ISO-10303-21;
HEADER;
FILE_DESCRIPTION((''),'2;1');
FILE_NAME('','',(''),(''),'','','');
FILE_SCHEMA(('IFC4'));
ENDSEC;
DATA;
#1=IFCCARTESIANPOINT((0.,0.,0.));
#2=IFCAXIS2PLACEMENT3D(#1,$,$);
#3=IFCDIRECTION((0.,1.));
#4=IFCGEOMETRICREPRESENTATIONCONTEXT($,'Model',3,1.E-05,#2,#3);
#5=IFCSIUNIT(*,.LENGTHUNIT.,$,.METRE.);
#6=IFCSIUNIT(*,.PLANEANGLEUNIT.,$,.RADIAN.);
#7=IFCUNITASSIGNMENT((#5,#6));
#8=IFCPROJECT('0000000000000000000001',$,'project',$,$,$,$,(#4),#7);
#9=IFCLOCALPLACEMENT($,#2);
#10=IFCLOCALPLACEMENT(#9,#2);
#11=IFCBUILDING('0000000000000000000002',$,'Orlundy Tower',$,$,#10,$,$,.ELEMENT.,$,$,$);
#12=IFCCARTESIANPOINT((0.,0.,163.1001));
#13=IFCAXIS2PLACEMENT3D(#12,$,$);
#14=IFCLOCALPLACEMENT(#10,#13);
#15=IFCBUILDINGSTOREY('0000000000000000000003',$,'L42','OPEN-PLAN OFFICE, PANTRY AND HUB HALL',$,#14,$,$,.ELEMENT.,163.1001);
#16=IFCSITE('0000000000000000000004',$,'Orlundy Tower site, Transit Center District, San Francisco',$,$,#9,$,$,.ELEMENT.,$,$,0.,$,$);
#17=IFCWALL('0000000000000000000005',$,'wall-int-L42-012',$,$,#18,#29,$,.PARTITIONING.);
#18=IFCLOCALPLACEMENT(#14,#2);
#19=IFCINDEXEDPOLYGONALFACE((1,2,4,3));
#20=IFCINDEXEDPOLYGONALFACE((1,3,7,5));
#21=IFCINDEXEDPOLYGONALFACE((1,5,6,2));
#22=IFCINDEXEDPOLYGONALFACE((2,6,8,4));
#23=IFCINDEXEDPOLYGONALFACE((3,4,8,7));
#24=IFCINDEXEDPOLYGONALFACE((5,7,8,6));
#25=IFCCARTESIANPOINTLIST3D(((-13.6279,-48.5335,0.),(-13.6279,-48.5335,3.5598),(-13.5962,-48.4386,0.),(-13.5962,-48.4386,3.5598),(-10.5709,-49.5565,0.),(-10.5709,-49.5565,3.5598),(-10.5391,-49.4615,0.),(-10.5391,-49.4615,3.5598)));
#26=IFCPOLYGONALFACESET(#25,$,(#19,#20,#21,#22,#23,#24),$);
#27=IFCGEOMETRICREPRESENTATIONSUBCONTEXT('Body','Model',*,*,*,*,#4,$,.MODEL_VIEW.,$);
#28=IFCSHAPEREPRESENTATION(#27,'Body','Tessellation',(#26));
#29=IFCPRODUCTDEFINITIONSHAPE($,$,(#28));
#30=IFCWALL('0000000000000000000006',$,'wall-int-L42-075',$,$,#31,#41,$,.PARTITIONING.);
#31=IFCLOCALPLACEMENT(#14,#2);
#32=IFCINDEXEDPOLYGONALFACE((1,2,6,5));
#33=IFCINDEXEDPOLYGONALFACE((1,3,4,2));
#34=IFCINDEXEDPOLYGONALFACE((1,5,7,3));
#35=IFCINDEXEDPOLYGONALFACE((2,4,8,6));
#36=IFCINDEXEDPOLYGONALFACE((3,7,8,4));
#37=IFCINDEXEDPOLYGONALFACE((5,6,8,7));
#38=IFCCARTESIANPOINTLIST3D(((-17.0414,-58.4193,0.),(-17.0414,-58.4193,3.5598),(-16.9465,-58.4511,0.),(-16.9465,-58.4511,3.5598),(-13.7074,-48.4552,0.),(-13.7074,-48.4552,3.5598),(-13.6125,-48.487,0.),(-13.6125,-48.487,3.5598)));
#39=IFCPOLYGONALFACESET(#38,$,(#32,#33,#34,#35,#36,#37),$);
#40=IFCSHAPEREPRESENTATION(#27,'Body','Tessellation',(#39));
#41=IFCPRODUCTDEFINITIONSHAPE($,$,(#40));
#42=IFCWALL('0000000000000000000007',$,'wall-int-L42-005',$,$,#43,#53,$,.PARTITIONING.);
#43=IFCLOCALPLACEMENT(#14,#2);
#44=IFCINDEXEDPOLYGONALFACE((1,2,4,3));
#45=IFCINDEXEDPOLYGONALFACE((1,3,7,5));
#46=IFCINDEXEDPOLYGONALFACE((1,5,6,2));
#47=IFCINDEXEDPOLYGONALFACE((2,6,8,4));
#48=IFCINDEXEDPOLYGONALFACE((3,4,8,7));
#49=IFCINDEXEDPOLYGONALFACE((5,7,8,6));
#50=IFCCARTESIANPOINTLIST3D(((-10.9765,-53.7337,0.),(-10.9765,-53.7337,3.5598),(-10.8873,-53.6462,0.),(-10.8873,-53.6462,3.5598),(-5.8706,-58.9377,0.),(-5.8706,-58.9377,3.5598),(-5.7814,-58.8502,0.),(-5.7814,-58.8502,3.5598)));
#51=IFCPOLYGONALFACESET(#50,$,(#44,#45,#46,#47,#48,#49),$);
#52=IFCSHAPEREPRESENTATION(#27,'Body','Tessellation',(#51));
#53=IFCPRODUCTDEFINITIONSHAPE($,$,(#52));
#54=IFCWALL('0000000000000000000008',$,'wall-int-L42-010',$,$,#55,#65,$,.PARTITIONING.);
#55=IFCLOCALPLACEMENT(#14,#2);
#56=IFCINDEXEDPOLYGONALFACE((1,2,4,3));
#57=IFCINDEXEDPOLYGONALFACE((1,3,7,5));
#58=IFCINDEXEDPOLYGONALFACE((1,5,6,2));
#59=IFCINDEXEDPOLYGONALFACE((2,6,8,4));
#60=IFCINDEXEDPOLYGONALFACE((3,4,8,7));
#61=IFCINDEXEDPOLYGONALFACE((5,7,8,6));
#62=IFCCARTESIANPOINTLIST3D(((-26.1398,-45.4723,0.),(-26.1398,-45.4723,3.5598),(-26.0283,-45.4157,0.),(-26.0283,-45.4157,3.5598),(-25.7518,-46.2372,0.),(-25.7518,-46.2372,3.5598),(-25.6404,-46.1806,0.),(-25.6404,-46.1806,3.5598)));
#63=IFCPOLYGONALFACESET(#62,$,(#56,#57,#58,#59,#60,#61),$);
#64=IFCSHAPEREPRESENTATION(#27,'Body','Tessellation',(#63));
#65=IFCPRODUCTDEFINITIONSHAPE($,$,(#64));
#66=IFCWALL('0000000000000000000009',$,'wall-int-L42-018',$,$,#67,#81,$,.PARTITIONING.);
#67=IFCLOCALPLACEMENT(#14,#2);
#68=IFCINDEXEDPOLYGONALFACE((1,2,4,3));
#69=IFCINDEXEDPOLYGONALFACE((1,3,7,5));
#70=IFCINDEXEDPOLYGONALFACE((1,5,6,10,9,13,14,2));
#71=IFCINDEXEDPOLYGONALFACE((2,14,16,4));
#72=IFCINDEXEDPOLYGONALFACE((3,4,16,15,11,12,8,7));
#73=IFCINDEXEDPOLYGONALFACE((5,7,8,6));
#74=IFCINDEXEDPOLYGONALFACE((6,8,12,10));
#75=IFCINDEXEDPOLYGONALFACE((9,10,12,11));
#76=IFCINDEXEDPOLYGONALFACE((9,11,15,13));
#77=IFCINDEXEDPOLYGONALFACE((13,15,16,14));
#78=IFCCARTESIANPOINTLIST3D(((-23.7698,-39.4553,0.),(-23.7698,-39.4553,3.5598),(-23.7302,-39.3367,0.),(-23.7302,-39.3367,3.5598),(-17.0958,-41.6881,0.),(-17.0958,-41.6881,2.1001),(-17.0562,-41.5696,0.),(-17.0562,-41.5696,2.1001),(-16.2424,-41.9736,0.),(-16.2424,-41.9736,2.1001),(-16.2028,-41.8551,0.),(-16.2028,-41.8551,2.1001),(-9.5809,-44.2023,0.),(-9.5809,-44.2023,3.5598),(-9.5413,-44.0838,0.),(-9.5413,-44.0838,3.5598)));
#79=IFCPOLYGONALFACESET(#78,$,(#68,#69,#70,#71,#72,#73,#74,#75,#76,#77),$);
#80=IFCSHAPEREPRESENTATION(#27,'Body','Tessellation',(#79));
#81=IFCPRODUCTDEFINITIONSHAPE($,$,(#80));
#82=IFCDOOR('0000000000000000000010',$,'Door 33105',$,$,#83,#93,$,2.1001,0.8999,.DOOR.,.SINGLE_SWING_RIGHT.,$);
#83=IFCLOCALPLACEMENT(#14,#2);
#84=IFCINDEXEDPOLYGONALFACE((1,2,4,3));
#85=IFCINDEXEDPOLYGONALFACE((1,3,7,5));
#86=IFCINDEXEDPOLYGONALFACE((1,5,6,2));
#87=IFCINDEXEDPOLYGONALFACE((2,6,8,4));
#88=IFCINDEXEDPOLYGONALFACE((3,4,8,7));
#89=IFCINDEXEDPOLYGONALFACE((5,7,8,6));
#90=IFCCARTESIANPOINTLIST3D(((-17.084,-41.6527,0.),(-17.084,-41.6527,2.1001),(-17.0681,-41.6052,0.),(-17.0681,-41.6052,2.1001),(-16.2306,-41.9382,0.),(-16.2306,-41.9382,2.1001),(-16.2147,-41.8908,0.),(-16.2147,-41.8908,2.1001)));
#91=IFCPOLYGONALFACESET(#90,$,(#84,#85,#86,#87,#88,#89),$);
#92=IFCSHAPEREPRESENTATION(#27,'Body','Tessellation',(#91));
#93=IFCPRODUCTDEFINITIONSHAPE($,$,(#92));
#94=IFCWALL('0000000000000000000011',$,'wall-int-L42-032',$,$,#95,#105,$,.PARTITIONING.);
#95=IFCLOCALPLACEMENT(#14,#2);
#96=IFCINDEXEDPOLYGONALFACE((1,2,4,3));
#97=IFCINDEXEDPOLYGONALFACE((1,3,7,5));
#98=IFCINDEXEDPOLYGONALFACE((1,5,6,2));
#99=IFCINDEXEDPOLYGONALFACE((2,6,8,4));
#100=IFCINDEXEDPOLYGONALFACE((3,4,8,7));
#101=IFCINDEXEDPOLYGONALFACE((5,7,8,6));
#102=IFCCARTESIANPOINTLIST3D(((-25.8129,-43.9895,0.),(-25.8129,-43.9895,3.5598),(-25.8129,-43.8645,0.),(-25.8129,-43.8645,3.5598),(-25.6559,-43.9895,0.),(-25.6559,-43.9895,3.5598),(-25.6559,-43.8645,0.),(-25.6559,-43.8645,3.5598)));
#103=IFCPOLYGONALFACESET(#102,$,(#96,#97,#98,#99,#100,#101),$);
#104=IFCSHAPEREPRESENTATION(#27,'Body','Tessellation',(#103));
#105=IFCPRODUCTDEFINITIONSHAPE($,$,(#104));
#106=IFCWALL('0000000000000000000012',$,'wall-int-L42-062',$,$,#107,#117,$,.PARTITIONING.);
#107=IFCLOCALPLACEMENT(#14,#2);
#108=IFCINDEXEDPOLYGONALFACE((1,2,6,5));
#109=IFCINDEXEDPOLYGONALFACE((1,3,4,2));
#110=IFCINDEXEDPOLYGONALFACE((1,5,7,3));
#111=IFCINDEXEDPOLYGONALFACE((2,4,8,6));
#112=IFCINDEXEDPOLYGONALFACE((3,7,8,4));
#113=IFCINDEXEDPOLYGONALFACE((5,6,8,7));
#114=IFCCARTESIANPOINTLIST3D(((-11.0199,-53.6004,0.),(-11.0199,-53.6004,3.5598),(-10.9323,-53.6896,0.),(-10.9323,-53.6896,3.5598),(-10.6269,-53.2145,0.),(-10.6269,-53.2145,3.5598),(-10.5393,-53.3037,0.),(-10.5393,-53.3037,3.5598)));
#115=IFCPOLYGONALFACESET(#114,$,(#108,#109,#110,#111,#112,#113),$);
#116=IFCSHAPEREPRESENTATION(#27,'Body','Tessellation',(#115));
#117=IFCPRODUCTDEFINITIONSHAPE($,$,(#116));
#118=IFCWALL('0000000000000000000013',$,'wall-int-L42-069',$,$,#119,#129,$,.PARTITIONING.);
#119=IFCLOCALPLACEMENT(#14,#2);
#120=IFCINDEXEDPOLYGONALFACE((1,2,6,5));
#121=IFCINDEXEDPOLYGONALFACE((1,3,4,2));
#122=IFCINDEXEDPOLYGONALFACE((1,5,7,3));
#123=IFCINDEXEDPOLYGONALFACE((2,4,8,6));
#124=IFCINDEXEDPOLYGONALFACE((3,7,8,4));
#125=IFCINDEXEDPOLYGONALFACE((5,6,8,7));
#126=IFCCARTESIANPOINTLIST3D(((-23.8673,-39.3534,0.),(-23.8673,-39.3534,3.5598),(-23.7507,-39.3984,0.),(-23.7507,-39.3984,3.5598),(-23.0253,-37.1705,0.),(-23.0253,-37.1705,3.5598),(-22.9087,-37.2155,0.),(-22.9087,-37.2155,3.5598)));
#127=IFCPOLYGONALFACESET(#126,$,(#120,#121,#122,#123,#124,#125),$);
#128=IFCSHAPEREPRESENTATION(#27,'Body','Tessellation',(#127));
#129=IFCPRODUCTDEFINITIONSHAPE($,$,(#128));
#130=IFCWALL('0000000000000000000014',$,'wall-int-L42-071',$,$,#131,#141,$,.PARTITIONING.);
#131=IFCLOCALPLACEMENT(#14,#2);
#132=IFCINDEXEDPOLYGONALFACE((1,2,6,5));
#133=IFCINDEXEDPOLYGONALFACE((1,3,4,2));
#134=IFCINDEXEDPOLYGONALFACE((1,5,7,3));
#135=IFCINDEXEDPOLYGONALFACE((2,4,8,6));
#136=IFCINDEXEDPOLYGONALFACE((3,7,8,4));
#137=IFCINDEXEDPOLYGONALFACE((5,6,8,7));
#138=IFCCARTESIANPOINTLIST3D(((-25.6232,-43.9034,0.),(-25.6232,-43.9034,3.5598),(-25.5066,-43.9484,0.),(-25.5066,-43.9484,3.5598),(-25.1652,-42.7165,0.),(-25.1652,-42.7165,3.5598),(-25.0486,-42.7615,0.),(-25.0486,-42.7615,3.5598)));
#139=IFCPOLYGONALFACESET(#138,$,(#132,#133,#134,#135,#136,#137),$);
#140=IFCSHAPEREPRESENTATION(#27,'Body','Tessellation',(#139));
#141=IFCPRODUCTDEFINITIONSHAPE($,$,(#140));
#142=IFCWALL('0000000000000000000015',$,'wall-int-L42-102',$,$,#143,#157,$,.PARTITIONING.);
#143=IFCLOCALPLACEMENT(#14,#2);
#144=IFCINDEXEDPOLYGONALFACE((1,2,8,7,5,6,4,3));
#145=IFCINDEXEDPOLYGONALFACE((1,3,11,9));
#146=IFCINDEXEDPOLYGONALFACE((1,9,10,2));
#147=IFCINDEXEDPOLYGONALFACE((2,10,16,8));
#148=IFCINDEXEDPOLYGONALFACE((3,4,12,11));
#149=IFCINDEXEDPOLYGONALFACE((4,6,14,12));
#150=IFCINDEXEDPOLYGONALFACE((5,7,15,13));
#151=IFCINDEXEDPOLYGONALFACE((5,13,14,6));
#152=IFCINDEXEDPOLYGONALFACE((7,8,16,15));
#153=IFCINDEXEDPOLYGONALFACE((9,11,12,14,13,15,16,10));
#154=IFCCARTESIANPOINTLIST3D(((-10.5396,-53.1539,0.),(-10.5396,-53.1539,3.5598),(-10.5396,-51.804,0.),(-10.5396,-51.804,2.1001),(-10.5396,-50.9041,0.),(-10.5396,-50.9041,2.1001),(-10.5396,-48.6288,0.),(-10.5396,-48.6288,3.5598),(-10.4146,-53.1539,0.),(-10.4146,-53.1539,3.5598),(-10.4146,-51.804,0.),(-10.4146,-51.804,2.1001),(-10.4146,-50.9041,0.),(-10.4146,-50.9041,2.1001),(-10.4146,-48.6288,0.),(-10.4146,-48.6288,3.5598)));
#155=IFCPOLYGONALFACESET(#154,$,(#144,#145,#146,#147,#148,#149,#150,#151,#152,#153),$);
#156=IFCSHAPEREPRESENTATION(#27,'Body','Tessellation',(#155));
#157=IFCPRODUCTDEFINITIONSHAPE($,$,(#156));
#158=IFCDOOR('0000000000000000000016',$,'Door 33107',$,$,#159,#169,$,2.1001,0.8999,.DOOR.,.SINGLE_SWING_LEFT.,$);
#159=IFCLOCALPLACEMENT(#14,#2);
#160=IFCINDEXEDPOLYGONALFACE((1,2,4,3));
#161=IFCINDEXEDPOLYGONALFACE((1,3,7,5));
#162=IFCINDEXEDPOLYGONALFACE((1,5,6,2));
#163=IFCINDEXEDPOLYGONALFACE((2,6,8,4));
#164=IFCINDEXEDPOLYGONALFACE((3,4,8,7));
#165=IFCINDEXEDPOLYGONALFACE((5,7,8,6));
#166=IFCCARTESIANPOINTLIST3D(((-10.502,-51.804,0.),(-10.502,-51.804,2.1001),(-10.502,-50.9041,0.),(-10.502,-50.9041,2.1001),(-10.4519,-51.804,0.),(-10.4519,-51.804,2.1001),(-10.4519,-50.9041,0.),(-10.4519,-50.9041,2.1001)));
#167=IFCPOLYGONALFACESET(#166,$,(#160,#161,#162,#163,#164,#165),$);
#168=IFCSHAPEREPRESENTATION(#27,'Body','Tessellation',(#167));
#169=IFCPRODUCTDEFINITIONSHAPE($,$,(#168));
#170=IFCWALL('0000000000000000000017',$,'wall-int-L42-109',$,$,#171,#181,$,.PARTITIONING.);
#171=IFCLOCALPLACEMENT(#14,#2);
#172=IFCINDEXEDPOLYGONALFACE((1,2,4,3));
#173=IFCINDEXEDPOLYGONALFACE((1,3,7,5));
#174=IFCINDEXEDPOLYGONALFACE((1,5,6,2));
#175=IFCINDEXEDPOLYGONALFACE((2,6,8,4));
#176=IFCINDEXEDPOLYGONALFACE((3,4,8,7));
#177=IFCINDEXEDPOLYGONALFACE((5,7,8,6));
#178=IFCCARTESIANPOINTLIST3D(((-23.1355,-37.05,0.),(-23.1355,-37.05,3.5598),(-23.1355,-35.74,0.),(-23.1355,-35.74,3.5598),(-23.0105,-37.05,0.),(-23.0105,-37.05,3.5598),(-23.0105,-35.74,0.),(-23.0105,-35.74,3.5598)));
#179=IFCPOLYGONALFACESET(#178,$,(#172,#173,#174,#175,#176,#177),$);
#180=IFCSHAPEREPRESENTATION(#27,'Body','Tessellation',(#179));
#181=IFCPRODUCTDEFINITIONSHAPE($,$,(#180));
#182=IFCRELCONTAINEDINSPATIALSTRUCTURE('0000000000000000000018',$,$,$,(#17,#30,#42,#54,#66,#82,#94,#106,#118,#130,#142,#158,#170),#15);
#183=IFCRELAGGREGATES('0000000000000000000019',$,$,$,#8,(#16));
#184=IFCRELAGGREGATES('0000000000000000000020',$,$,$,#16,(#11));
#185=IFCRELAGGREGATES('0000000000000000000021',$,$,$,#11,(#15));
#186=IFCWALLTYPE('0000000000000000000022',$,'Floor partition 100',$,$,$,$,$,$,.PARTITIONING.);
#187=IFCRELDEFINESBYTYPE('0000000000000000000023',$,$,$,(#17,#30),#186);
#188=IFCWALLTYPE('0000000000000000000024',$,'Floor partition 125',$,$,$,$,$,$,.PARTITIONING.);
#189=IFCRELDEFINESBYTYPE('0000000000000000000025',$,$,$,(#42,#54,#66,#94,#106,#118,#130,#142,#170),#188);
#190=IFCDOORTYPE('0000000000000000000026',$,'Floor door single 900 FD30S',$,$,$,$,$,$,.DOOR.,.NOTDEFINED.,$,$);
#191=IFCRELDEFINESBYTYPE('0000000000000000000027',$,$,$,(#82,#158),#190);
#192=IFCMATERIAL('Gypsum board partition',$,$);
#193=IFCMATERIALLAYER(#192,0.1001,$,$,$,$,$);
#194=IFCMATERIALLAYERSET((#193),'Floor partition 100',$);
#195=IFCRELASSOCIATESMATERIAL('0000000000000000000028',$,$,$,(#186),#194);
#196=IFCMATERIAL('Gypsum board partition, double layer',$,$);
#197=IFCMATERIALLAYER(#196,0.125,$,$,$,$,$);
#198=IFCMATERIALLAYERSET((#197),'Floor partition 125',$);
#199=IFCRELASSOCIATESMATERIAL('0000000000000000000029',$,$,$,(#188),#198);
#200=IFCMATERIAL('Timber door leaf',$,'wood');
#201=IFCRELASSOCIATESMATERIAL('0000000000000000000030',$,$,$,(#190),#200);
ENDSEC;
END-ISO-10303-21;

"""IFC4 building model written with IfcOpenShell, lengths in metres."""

from ifc_helpers import new_model, si_unit, direction, frame, frame_2d, origin, place, context, subcontext, project, spatial, rectangle, extrude, material, layer, layer_set, type_object, element, fill, save


model = new_model("IFC4")

# Units and contexts
model_context = context("Model", 3, precision=1e-05, world=origin(), true_north=direction((0.0, 1.0)))
body_context = subcontext(model_context, "Body", "Model", "MODEL_VIEW")
ifc_project = project(units=[si_unit("LENGTHUNIT", "METRE"), si_unit("PLANEANGLEUNIT", "RADIAN")], contexts=[model_context])

# Site, building, storey
site_placement = place(None, origin())
site = spatial("IfcSite", under=ifc_project, at=site_placement, Name="Orlundy Tower site, Transit Center District, San Francisco", CompositionType="ELEMENT", RefElevation=0.0)
building_placement = place(site_placement, origin())
building = spatial("IfcBuilding", under=site, at=building_placement, Name="Orlundy Tower", CompositionType="ELEMENT")
storey_placement = place(building_placement, frame((0.0, 0.0, 163.1001)))
storey = spatial("IfcBuildingStorey", under=building, at=storey_placement, Name="L42", Description="OPEN-PLAN OFFICE, PANTRY AND HUB HALL", CompositionType="ELEMENT", Elevation=163.1001)

# Walls
ifc_material_1 = material(Name="Gypsum board partition")
ifc_layer_1 = layer(ifc_material_1, 0.1001)
ifc_layer_set_1 = layer_set([ifc_layer_1], Name="Floor partition 100")
wall_type_1 = type_object("IfcWallType", Name="Floor partition 100", PredefinedType="PARTITIONING", material=ifc_layer_set_1)
wall_1_placement = place(storey_placement, frame((-13.6121, -48.4861, 0.0), z_axis=(0.0, 0.0, 1.0), x_axis=(0.948319, -0.317318, 0.0)))
element("IfcWall", 1, at=wall_1_placement, inside=storey, type_object=wall_type_1, Name="wall-int-L42-012", PredefinedType="PARTITIONING", context=body_context, shape_type="SweptSolid", body=[
    extrude(rectangle(XDim=3.2236, YDim=0.1001, at=frame_2d((1.6118, 0.0))), origin(), (0.0, 0.0, 1.0), 3.5598),
])
wall_2_placement = place(storey_placement, frame((-16.9939, -58.4351, 0.0), z_axis=(0.0, 0.0, 1.0), x_axis=(0.317308, 0.948323, 0.0)))
element("IfcWall", 2, at=wall_2_placement, inside=storey, type_object=wall_type_1, Name="wall-int-L42-075", PredefinedType="PARTITIONING", context=body_context, shape_type="SweptSolid", body=[
    extrude(rectangle(XDim=10.5071, YDim=0.1001, at=frame_2d((5.2534, 0.0))), origin(), (0.0, 0.0, 1.0), 3.5598),
])
ifc_material_2 = material(Name="Gypsum board partition, double layer")
ifc_layer_2 = layer(ifc_material_2, 0.125)
ifc_layer_set_2 = layer_set([ifc_layer_2], Name="Floor partition 125")
wall_type_2 = type_object("IfcWallType", Name="Floor partition 125", PredefinedType="PARTITIONING", material=ifc_layer_set_2)
wall_3_placement = place(storey_placement, frame((-10.9319, -53.6899, 0.0), z_axis=(0.0, 0.0, 1.0), x_axis=(0.700344, -0.713806, 0.0)))
element("IfcWall", 3, at=wall_3_placement, inside=storey, type_object=wall_type_2, Name="wall-int-L42-005", PredefinedType="PARTITIONING", context=body_context, shape_type="SweptSolid", body=[
    extrude(rectangle(XDim=7.2905, YDim=0.125, at=frame_2d((3.6453, 0.0))), origin(), (0.0, 0.0, 1.0), 3.5598),
])
wall_4_placement = place(storey_placement, frame((-26.084, -45.4441, 0.0), z_axis=(0.0, 0.0, 1.0), x_axis=(0.45233, -0.891851, 0.0)))
element("IfcWall", 4, at=wall_4_placement, inside=storey, type_object=wall_type_2, Name="wall-int-L42-010", PredefinedType="PARTITIONING", context=body_context, shape_type="SweptSolid", body=[
    extrude(rectangle(XDim=0.8577, YDim=0.125, at=frame_2d((0.4287, 0.0))), origin(), (0.0, 0.0, 1.0), 3.5598),
])

# Wall, opening, door
wall_5_placement = place(storey_placement, frame((-23.75, -39.396, 0.0), z_axis=(0.0, 0.0, 1.0), x_axis=(0.948334, -0.317275, 0.0)))
wall_5 = element("IfcWall", 5, at=wall_5_placement, inside=storey, type_object=wall_type_2, Name="wall-int-L42-018", PredefinedType="PARTITIONING", context=body_context, shape_type="SweptSolid", body=[
    extrude(rectangle(XDim=14.9619, YDim=0.125, at=frame_2d((7.481, 0.0))), origin(), (0.0, 0.0, 1.0), 3.5598),
])
opening_1_placement = place(wall_5_placement, frame((7.0376, 0.0, 0.0)))
opening_1 = element("IfcOpeningElement", 6, at=opening_1_placement, cuts=wall_5, PredefinedType="OPENING", context=body_context, shape_type="SweptSolid", body=[
    extrude(rectangle(XDim=0.8999, YDim=2.1001, at=frame_2d((0.45, 1.05))), frame((0.0, 0.0725, 0.0), z_axis=(0.0, -1.0, 0.0), x_axis=(1.0, 0.0, 0.0)), (0.0, 0.0, 1.0), 0.145),
])
ifc_material_3 = material(Name="Timber door leaf", Category="wood")
door_type = type_object("IfcDoorType", Name="Floor door single 900 FD30S", OperationType="NOTDEFINED", PredefinedType="DOOR", material=ifc_material_3)
door_1_placement = place(opening_1_placement, origin())
door_1 = element("IfcDoor", 7, at=door_1_placement, inside=storey, type_object=door_type, Name="Door 33105", OperationType="SINGLE_SWING_RIGHT", OverallHeight=2.1001, OverallWidth=0.8999, PredefinedType="DOOR", context=body_context, shape_type="SweptSolid", body=[
    extrude(rectangle(XDim=0.8999, YDim=2.1001, at=frame_2d((0.45, 1.05))), frame((0.0, 0.0249, 0.0), z_axis=(0.0, -1.0, 0.0), x_axis=(1.0, 0.0, 0.0)), (0.0, 0.0, 1.0), 0.05),
])
fill(opening_1, door_1)

# Walls
wall_6_placement = place(storey_placement, frame((-25.813, -43.927, 0.0), z_axis=(0.0, 0.0, 1.0), x_axis=(1.0, 0.0, 0.0)))
element("IfcWall", 8, at=wall_6_placement, inside=storey, type_object=wall_type_2, Name="wall-int-L42-032", PredefinedType="PARTITIONING", context=body_context, shape_type="SweptSolid", body=[
    extrude(rectangle(XDim=0.157, YDim=0.125, at=frame_2d((0.0786, 0.0))), origin(), (0.0, 0.0, 1.0), 3.5598),
])
wall_7_placement = place(storey_placement, frame((-10.9761, -53.645, 0.0), z_axis=(0.0, 0.0, 1.0), x_axis=(0.713504, 0.700652, 0.0)))
element("IfcWall", 9, at=wall_7_placement, inside=storey, type_object=wall_type_2, Name="wall-int-L42-062", PredefinedType="PARTITIONING", context=body_context, shape_type="SweptSolid", body=[
    extrude(rectangle(XDim=0.5508, YDim=0.125, at=frame_2d((0.2754, 0.0))), origin(), (0.0, 0.0, 1.0), 3.5598),
])
wall_8_placement = place(storey_placement, frame((-23.8091, -39.376, 0.0), z_axis=(0.0, 0.0, 1.0), x_axis=(0.359902, 0.93299, 0.0)))
element("IfcWall", 10, at=wall_8_placement, inside=storey, type_object=wall_type_2, Name="wall-int-L42-069", PredefinedType="PARTITIONING", context=body_context, shape_type="SweptSolid", body=[
    extrude(rectangle(XDim=2.3396, YDim=0.125, at=frame_2d((1.1699, 0.0))), origin(), (0.0, 0.0, 1.0), 3.5598),
])
wall_9_placement = place(storey_placement, frame((-25.5649, -43.926, 0.0), z_axis=(0.0, 0.0, 1.0), x_axis=(0.359982, 0.932959, 0.0)))
element("IfcWall", 11, at=wall_9_placement, inside=storey, type_object=wall_type_2, Name="wall-int-L42-071", PredefinedType="PARTITIONING", context=body_context, shape_type="SweptSolid", body=[
    extrude(rectangle(XDim=1.2722, YDim=0.125, at=frame_2d((0.6362, 0.0))), origin(), (0.0, 0.0, 1.0), 3.5598),
])

# Wall, opening, door
wall_10_placement = place(storey_placement, frame((-10.4771, -53.1541, 0.0), z_axis=(0.0, 0.0, 1.0), x_axis=(0.0, 1.0, 0.0)))
wall_10 = element("IfcWall", 12, at=wall_10_placement, inside=storey, type_object=wall_type_2, Name="wall-int-L42-102", PredefinedType="PARTITIONING", context=body_context, shape_type="SweptSolid", body=[
    extrude(rectangle(XDim=4.5251, YDim=0.125, at=frame_2d((2.2627, 0.0))), origin(), (0.0, 0.0, 1.0), 3.5598),
])
opening_2_placement = place(wall_10_placement, frame((1.3501, 0.0, 0.0)))
opening_2 = element("IfcOpeningElement", 13, at=opening_2_placement, cuts=wall_10, PredefinedType="OPENING", context=body_context, shape_type="SweptSolid", body=[
    extrude(rectangle(XDim=0.8999, YDim=2.1001, at=frame_2d((0.45, 1.05))), frame((0.0, 0.0725, 0.0), z_axis=(0.0, -1.0, 0.0), x_axis=(1.0, 0.0, 0.0)), (0.0, 0.0, 1.0), 0.145),
])
door_2_placement = place(opening_2_placement, origin())
door_2 = element("IfcDoor", 14, at=door_2_placement, inside=storey, type_object=door_type, Name="Door 33107", OperationType="SINGLE_SWING_LEFT", OverallHeight=2.1001, OverallWidth=0.8999, PredefinedType="DOOR", context=body_context, shape_type="SweptSolid", body=[
    extrude(rectangle(XDim=0.8999, YDim=2.1001, at=frame_2d((0.45, 1.05))), frame((0.0, 0.0249, 0.0), z_axis=(0.0, -1.0, 0.0), x_axis=(1.0, 0.0, 0.0)), (0.0, 0.0, 1.0), 0.05),
])
fill(opening_2, door_2)

# Wall
wall_11_placement = place(storey_placement, frame((-23.073, -37.05, 0.0), z_axis=(0.0, 0.0, 1.0), x_axis=(0.0, 1.0, 0.0)))
element("IfcWall", 15, at=wall_11_placement, inside=storey, type_object=wall_type_2, Name="wall-int-L42-109", PredefinedType="PARTITIONING", context=body_context, shape_type="SweptSolid", body=[
    extrude(rectangle(XDim=1.3101, YDim=0.125, at=frame_2d((0.655, 0.0))), origin(), (0.0, 0.0, 1.0), 3.5598),
])

save(model, "model.ifc")
